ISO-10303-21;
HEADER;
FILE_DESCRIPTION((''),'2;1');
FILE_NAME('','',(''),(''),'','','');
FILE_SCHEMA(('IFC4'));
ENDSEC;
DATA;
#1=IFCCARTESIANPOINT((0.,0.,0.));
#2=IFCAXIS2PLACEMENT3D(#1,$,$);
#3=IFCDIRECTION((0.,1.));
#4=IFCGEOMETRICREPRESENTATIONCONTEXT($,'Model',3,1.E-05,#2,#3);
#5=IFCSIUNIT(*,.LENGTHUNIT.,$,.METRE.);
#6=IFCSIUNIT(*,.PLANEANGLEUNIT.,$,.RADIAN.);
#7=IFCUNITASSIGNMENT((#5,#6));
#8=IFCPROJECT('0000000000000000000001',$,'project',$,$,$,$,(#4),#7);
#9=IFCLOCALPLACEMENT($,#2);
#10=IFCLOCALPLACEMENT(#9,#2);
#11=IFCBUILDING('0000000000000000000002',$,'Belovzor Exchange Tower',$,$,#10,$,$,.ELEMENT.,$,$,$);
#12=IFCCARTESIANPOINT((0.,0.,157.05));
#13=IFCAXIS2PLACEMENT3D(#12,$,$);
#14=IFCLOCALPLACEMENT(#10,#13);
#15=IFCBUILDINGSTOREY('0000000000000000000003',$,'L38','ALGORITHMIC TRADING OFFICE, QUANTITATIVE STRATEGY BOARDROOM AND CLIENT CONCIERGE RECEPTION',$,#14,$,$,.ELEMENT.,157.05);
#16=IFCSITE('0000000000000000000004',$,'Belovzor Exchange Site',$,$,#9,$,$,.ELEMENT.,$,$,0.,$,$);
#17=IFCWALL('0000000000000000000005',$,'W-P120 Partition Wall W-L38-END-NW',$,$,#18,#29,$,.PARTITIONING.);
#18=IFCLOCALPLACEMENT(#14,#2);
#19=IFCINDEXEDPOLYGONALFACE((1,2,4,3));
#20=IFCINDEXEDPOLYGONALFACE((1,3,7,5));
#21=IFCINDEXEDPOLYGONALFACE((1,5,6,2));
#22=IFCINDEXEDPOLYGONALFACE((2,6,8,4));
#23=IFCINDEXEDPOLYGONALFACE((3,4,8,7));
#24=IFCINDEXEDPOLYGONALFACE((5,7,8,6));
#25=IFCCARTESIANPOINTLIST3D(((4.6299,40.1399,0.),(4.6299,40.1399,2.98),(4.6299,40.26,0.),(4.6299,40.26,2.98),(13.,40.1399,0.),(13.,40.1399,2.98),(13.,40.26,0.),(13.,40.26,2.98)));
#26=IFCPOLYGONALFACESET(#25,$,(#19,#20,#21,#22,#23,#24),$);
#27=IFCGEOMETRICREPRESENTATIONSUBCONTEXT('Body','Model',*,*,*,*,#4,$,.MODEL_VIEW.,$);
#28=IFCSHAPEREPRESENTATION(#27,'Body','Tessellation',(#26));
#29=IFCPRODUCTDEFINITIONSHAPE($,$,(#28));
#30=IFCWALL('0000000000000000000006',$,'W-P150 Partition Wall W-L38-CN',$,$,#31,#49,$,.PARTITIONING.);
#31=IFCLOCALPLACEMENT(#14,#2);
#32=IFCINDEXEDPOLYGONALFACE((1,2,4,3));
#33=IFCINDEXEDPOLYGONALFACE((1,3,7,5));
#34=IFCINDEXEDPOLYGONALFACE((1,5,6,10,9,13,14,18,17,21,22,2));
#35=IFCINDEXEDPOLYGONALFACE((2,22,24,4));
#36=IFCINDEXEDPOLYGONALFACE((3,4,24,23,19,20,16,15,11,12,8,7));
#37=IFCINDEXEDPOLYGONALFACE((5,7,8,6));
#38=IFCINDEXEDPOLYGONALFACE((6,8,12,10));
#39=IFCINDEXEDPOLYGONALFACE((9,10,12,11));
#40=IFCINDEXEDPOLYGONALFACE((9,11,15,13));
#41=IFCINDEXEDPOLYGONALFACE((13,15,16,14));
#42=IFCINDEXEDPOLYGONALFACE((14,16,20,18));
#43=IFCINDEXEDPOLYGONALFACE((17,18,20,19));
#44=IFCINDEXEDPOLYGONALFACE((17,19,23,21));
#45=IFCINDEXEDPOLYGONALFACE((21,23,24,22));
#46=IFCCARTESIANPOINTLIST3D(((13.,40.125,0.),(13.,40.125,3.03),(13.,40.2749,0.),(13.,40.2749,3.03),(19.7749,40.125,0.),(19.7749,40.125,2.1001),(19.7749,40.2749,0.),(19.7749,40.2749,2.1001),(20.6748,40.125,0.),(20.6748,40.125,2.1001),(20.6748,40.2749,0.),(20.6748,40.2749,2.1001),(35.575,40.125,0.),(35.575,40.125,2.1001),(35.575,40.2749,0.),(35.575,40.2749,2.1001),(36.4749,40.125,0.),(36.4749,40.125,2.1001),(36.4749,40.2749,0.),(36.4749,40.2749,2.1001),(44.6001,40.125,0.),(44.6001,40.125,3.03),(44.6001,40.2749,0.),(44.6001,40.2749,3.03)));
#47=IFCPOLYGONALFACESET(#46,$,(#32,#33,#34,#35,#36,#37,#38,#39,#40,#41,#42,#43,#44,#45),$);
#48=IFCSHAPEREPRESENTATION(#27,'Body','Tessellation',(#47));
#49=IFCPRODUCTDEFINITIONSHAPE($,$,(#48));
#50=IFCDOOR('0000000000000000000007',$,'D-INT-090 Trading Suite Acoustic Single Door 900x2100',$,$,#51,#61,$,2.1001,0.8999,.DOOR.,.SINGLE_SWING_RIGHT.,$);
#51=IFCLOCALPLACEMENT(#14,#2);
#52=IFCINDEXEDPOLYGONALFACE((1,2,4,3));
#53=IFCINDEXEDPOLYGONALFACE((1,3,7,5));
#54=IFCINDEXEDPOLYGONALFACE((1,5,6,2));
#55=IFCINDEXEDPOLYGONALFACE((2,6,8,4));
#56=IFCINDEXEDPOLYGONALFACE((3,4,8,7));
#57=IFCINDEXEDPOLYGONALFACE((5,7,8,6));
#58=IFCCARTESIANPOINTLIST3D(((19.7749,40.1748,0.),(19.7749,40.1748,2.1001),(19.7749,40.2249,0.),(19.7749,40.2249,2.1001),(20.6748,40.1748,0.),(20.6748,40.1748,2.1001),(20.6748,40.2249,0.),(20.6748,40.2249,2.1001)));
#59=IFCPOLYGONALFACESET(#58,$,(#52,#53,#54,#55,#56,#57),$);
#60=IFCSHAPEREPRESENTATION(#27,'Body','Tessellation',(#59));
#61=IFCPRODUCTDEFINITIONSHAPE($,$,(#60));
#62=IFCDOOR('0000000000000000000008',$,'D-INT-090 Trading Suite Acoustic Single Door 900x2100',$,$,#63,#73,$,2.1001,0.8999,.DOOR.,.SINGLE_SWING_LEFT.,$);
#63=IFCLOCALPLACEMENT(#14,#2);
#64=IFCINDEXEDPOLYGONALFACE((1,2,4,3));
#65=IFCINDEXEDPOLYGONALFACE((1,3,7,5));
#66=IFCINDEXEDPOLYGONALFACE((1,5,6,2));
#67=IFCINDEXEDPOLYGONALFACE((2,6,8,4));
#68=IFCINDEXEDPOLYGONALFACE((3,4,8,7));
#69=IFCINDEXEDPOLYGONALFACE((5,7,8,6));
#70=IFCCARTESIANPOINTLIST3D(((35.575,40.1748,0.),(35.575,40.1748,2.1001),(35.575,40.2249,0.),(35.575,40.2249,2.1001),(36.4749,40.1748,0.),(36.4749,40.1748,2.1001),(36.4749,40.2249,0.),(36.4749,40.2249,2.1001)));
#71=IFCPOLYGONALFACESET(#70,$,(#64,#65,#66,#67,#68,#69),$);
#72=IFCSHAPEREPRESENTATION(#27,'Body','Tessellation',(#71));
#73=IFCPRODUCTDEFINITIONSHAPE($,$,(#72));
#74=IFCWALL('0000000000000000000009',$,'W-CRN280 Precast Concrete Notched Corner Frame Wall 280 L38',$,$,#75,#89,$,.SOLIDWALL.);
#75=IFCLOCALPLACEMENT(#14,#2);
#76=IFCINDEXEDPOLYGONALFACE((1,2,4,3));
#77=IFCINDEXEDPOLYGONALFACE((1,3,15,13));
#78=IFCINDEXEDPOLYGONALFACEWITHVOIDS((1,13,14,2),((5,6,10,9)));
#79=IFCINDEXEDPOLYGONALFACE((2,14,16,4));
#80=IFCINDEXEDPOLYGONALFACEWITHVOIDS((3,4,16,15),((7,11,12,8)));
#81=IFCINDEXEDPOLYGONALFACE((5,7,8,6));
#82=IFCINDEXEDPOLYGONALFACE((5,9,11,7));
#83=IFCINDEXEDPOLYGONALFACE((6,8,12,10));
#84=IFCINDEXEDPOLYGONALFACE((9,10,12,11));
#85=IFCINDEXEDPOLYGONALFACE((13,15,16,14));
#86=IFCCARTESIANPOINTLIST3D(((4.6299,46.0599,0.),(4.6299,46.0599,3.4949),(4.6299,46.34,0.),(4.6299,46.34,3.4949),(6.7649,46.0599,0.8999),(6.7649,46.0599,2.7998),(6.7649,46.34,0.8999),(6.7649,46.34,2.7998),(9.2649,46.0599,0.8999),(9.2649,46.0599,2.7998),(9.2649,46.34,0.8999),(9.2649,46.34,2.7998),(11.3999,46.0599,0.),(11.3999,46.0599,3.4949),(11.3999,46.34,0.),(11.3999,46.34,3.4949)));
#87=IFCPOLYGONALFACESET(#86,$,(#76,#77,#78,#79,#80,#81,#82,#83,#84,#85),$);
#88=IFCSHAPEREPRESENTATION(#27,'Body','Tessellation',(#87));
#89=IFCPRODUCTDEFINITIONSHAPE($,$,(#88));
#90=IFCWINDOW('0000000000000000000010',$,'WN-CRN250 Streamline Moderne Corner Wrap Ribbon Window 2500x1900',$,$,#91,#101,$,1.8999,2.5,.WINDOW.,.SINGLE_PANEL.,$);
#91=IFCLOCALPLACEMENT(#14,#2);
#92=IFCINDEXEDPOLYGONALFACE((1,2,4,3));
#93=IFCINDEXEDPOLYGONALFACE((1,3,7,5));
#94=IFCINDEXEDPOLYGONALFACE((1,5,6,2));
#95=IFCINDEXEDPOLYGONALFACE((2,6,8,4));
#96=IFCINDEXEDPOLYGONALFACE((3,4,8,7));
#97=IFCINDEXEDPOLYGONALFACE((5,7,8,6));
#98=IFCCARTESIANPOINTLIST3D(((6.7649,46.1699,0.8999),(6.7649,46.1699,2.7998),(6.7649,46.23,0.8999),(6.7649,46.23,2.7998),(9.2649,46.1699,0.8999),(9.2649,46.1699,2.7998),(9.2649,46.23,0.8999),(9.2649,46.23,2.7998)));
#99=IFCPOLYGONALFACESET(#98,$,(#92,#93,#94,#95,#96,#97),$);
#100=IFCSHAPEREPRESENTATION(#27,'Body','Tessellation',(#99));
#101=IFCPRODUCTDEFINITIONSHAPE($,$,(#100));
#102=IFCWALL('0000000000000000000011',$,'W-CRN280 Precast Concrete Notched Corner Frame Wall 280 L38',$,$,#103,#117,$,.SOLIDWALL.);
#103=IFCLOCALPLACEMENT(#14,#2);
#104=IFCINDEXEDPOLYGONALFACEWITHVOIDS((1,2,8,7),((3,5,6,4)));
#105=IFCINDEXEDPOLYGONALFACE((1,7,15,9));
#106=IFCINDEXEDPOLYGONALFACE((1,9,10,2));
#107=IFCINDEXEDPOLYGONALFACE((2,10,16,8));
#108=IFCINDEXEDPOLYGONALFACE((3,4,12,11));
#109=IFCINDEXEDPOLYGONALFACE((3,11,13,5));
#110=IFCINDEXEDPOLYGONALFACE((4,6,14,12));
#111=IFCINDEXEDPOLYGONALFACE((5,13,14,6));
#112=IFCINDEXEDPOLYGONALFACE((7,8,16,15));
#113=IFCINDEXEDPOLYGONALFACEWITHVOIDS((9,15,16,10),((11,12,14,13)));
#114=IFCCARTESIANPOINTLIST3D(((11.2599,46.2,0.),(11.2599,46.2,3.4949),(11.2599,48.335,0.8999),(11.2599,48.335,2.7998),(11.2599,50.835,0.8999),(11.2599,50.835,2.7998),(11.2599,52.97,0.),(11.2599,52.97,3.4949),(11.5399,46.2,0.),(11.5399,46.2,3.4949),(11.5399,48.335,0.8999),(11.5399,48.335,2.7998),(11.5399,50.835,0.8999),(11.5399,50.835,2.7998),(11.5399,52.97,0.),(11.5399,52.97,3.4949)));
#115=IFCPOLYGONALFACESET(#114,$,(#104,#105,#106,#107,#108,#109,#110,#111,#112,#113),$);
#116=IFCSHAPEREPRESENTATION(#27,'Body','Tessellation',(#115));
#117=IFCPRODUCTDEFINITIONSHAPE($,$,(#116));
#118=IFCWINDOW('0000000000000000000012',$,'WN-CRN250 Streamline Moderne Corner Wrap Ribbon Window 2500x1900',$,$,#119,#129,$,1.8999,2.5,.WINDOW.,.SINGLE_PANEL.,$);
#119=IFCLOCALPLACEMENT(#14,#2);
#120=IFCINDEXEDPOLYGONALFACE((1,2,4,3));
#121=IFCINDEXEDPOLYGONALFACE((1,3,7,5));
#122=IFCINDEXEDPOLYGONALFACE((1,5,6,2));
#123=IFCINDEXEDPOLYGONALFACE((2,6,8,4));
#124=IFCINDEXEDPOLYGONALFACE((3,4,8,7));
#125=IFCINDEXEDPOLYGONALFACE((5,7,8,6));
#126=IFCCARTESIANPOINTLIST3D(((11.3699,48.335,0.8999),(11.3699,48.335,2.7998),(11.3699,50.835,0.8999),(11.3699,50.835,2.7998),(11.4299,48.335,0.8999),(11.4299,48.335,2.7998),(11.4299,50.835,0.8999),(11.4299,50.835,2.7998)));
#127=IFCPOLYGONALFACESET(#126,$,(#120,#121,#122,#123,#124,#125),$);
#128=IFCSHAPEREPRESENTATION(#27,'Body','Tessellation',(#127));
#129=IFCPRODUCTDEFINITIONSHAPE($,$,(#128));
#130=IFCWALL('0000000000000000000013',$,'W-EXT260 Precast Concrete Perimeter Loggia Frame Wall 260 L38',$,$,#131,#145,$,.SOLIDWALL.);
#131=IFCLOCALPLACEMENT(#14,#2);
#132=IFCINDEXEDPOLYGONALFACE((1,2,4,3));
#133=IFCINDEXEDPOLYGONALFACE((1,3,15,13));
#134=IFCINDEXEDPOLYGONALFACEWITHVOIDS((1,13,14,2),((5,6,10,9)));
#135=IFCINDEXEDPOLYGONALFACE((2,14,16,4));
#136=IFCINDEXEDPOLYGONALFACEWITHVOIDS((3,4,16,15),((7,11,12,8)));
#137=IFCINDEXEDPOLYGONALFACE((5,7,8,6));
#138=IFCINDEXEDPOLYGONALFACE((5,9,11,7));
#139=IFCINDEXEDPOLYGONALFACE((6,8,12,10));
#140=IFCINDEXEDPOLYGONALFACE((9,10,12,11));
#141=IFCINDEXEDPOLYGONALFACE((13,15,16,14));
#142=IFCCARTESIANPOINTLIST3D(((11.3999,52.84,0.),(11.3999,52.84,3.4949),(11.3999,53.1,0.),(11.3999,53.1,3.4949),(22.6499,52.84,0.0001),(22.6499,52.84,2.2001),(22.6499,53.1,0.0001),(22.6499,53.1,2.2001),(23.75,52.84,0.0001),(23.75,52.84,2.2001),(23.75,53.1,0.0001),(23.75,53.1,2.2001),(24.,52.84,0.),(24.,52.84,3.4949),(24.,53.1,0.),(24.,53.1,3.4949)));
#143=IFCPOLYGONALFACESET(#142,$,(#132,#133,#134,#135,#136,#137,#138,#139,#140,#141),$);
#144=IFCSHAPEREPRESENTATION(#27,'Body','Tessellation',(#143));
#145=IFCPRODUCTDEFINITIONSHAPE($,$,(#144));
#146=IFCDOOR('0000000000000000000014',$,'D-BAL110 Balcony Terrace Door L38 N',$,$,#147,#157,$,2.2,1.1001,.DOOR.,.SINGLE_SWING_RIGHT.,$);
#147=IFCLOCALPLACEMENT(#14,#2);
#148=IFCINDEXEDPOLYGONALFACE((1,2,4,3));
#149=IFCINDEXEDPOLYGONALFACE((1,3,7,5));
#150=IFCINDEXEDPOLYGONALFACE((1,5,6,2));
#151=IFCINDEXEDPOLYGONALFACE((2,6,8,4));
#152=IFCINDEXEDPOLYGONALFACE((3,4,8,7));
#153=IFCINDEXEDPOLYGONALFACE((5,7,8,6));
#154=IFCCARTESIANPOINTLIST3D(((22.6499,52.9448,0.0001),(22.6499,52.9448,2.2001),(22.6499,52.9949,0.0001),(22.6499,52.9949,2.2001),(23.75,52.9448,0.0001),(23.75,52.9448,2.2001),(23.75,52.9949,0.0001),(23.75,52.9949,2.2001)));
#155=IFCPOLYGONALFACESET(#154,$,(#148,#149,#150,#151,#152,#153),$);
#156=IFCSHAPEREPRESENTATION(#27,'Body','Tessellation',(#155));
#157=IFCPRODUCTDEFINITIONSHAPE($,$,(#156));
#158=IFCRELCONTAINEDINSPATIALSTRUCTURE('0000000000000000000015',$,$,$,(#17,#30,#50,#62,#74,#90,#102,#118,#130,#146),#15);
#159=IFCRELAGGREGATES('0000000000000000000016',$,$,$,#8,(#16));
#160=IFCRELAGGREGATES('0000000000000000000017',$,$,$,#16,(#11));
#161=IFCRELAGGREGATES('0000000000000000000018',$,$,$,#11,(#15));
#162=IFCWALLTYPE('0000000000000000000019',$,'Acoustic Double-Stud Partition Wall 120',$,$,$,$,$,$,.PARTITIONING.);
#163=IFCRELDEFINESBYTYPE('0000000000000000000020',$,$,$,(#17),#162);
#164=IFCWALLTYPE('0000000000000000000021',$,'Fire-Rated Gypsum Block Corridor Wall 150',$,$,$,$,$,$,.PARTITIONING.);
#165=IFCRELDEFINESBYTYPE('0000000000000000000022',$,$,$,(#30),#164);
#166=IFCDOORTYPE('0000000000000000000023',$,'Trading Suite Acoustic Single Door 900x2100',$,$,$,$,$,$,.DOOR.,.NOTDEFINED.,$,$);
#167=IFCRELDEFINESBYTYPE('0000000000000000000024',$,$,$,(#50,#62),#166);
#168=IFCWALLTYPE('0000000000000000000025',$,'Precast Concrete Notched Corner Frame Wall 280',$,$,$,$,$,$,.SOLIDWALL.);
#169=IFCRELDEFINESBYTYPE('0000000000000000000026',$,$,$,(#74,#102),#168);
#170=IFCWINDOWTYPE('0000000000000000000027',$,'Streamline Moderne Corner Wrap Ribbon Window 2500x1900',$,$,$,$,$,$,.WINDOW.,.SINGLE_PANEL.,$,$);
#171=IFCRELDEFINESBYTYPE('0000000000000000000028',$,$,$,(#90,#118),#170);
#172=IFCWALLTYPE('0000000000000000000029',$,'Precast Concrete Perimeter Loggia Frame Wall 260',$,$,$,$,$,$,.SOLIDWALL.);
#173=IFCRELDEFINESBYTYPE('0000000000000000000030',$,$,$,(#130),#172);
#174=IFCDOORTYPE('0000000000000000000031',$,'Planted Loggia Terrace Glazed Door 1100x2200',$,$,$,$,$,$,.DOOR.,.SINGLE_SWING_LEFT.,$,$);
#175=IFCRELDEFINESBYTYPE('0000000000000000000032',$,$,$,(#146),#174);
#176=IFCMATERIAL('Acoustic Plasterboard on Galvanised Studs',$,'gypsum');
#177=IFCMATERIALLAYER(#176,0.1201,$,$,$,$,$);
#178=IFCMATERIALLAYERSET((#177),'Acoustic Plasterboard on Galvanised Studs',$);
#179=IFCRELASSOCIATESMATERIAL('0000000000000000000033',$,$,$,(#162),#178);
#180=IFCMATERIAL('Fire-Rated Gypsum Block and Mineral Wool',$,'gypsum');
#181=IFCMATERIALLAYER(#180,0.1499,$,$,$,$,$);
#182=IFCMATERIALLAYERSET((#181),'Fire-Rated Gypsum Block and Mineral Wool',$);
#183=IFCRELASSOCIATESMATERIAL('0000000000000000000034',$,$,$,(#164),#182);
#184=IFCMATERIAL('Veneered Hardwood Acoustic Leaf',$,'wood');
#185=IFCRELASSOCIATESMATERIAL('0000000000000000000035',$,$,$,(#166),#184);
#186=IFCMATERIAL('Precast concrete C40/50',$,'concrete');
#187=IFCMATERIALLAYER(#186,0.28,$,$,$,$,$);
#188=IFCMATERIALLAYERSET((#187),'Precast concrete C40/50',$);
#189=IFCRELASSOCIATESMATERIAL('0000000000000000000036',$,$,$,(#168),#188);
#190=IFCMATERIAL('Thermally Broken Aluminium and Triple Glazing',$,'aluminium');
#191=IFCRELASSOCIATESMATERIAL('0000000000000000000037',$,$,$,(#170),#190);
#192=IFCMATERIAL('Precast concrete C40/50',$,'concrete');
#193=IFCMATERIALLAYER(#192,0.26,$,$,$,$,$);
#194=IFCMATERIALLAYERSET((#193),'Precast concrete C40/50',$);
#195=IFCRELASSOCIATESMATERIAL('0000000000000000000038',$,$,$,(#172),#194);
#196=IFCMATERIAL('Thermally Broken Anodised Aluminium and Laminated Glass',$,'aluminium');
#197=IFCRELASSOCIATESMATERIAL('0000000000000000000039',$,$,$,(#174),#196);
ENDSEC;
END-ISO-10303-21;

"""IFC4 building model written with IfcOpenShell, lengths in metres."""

from ifc_helpers import new_model, si_unit, direction, frame, frame_2d, origin, place, context, subcontext, project, spatial, rectangle, extrude, material, layer, layer_set, type_object, element, fill, save


model = new_model("IFC4")

# Units and contexts
model_context = context("Model", 3, precision=1e-05, world=origin(), true_north=direction((0.0, 1.0)))
body_context = subcontext(model_context, "Body", "Model", "MODEL_VIEW")
ifc_project = project(units=[si_unit("LENGTHUNIT", "METRE"), si_unit("PLANEANGLEUNIT", "RADIAN")], contexts=[model_context])

# Site, building, storey
site_placement = place(None, origin())
site = spatial("IfcSite", under=ifc_project, at=site_placement, Name="Belovzor Exchange Site", CompositionType="ELEMENT", RefElevation=0.0)
building_placement = place(site_placement, origin())
building = spatial("IfcBuilding", under=site, at=building_placement, Name="Belovzor Exchange Tower", CompositionType="ELEMENT")
storey_placement = place(building_placement, frame((0.0, 0.0, 157.05)))
storey = spatial("IfcBuildingStorey", under=building, at=storey_placement, Name="L38", Description="ALGORITHMIC TRADING OFFICE, QUANTITATIVE STRATEGY BOARDROOM AND CLIENT CONCIERGE RECEPTION", CompositionType="ELEMENT", Elevation=157.05)

# Wall
ifc_material_1 = material(Name="Acoustic Plasterboard on Galvanised Studs", Category="gypsum")
ifc_layer_1 = layer(ifc_material_1, 0.1201)
ifc_layer_set_1 = layer_set([ifc_layer_1], Name="Acoustic Plasterboard on Galvanised Studs")
wall_type_1 = type_object("IfcWallType", Name="Acoustic Double-Stud Partition Wall 120", PredefinedType="PARTITIONING", material=ifc_layer_set_1)
wall_1_placement = place(storey_placement, frame((4.6299, 40.2, 0.0), z_axis=(0.0, 0.0, 1.0), x_axis=(1.0, 0.0, 0.0)))
element("IfcWall", 1, at=wall_1_placement, inside=storey, type_object=wall_type_1, Name="W-P120 Partition Wall W-L38-END-NW", PredefinedType="PARTITIONING", context=body_context, shape_type="SweptSolid", body=[
    extrude(rectangle(XDim=8.3701, YDim=0.1201, at=frame_2d((4.1851, 0.0))), origin(), (0.0, 0.0, 1.0), 2.98),
])

# Wall, openings, doors
ifc_material_2 = material(Name="Fire-Rated Gypsum Block and Mineral Wool", Category="gypsum")
ifc_layer_2 = layer(ifc_material_2, 0.1499)
ifc_layer_set_2 = layer_set([ifc_layer_2], Name="Fire-Rated Gypsum Block and Mineral Wool")
wall_type_2 = type_object("IfcWallType", Name="Fire-Rated Gypsum Block Corridor Wall 150", PredefinedType="PARTITIONING", material=ifc_layer_set_2)
wall_2_placement = place(storey_placement, frame((13.0, 40.2, 0.0), z_axis=(0.0, 0.0, 1.0), x_axis=(1.0, 0.0, 0.0)))
wall_2 = element("IfcWall", 2, at=wall_2_placement, inside=storey, type_object=wall_type_2, Name="W-P150 Partition Wall W-L38-CN", PredefinedType="PARTITIONING", context=body_context, shape_type="SweptSolid", body=[
    extrude(rectangle(XDim=31.6001, YDim=0.1499, at=frame_2d((15.8, 0.0))), origin(), (0.0, 0.0, 1.0), 3.03),
])
opening_1_placement = place(wall_2_placement, frame((6.7749, 0.0, 0.0)))
opening_1 = element("IfcOpeningElement", 3, at=opening_1_placement, cuts=wall_2, PredefinedType="OPENING", context=body_context, shape_type="SweptSolid", body=[
    extrude(rectangle(XDim=0.8999, YDim=2.1001, at=frame_2d((0.45, 1.05))), frame((0.0, 0.085, 0.0), z_axis=(0.0, -1.0, 0.0), x_axis=(1.0, 0.0, 0.0)), (0.0, 0.0, 1.0), 0.1699),
])
opening_2_placement = place(wall_2_placement, frame((22.575, 0.0, 0.0)))
opening_2 = element("IfcOpeningElement", 4, at=opening_2_placement, cuts=wall_2, PredefinedType="OPENING", context=body_context, shape_type="SweptSolid", body=[
    extrude(rectangle(XDim=0.8999, YDim=2.1001, at=frame_2d((0.45, 1.05))), frame((0.0, 0.085, 0.0), z_axis=(0.0, -1.0, 0.0), x_axis=(1.0, 0.0, 0.0)), (0.0, 0.0, 1.0), 0.1699),
])
ifc_material_3 = material(Name="Veneered Hardwood Acoustic Leaf", Category="wood")
door_type_1 = type_object("IfcDoorType", Name="Trading Suite Acoustic Single Door 900x2100", OperationType="NOTDEFINED", PredefinedType="DOOR", material=ifc_material_3)
door_1_placement = place(opening_1_placement, origin())
door_1 = element("IfcDoor", 5, at=door_1_placement, inside=storey, type_object=door_type_1, Name="D-INT-090 Trading Suite Acoustic Single Door 900x2100", OperationType="SINGLE_SWING_RIGHT", OverallHeight=2.1001, OverallWidth=0.8999, PredefinedType="DOOR", context=body_context, shape_type="SweptSolid", body=[
    extrude(rectangle(XDim=0.8999, YDim=2.1001, at=frame_2d((0.45, 1.05))), frame((0.0, 0.0249, 0.0), z_axis=(0.0, -1.0, 0.0), x_axis=(1.0, 0.0, 0.0)), (0.0, 0.0, 1.0), 0.05),
])
fill(opening_1, door_1)
door_2_placement = place(opening_2_placement, origin())
door_2 = element("IfcDoor", 6, at=door_2_placement, inside=storey, type_object=door_type_1, Name="D-INT-090 Trading Suite Acoustic Single Door 900x2100", OperationType="SINGLE_SWING_LEFT", OverallHeight=2.1001, OverallWidth=0.8999, PredefinedType="DOOR", context=body_context, shape_type="SweptSolid", body=[
    extrude(rectangle(XDim=0.8999, YDim=2.1001, at=frame_2d((0.45, 1.05))), frame((0.0, 0.0249, 0.0), z_axis=(0.0, -1.0, 0.0), x_axis=(1.0, 0.0, 0.0)), (0.0, 0.0, 1.0), 0.05),
])
fill(opening_2, door_2)

# Walls, openings, windows
ifc_material_4 = material(Name="Precast concrete C40/50", Category="concrete")
ifc_layer_3 = layer(ifc_material_4, 0.28)
ifc_layer_set_3 = layer_set([ifc_layer_3], Name="Precast concrete C40/50")
wall_type_3 = type_object("IfcWallType", Name="Precast Concrete Notched Corner Frame Wall 280", PredefinedType="SOLIDWALL", material=ifc_layer_set_3)
wall_3_placement = place(storey_placement, frame((4.6299, 46.2, 0.0), z_axis=(0.0, 0.0, 1.0), x_axis=(1.0, 0.0, 0.0)))
wall_3 = element("IfcWall", 7, at=wall_3_placement, inside=storey, type_object=wall_type_3, Name="W-CRN280 Precast Concrete Notched Corner Frame Wall 280 L38", PredefinedType="SOLIDWALL", context=body_context, shape_type="SweptSolid", body=[
    extrude(rectangle(XDim=6.77, YDim=0.28, at=frame_2d((3.385, 0.0))), origin(), (0.0, 0.0, 1.0), 3.4949),
])
opening_3_placement = place(wall_3_placement, frame((2.135, 0.0, 0.8999)))
opening_3 = element("IfcOpeningElement", 8, at=opening_3_placement, cuts=wall_3, PredefinedType="OPENING", context=body_context, shape_type="SweptSolid", body=[
    extrude(rectangle(XDim=2.5, YDim=1.8999, at=frame_2d((1.25, 0.95))), frame((0.0, 0.1499, 0.0), z_axis=(0.0, -1.0, 0.0), x_axis=(1.0, 0.0, 0.0)), (0.0, 0.0, 1.0), 0.3),
])
ifc_material_5 = material(Name="Thermally Broken Aluminium and Triple Glazing", Category="aluminium")
window_type = type_object("IfcWindowType", Name="Streamline Moderne Corner Wrap Ribbon Window 2500x1900", PartitioningType="SINGLE_PANEL", PredefinedType="WINDOW", material=ifc_material_5)
window_1_placement = place(opening_3_placement, origin())
window_1 = element("IfcWindow", 9, at=window_1_placement, inside=storey, type_object=window_type, Name="WN-CRN250 Streamline Moderne Corner Wrap Ribbon Window 2500x1900", OverallHeight=1.8999, OverallWidth=2.5, PartitioningType="SINGLE_PANEL", PredefinedType="WINDOW", context=body_context, shape_type="SweptSolid", body=[
    extrude(rectangle(XDim=2.5, YDim=1.8999, at=frame_2d((1.25, 0.95))), frame((0.0, 0.03, 0.0), z_axis=(0.0, -1.0, 0.0), x_axis=(1.0, 0.0, 0.0)), (0.0, 0.0, 1.0), 0.0601),
])
fill(opening_3, window_1)
wall_4_placement = place(storey_placement, frame((11.3999, 46.2, 0.0), z_axis=(0.0, 0.0, 1.0), x_axis=(0.0, 1.0, 0.0)))
wall_4 = element("IfcWall", 10, at=wall_4_placement, inside=storey, type_object=wall_type_3, Name="W-CRN280 Precast Concrete Notched Corner Frame Wall 280 L38", PredefinedType="SOLIDWALL", context=body_context, shape_type="SweptSolid", body=[
    extrude(rectangle(XDim=6.77, YDim=0.28, at=frame_2d((3.385, 0.0))), origin(), (0.0, 0.0, 1.0), 3.4949),
])
opening_4_placement = place(wall_4_placement, frame((2.135, 0.0, 0.8999)))
opening_4 = element("IfcOpeningElement", 11, at=opening_4_placement, cuts=wall_4, PredefinedType="OPENING", context=body_context, shape_type="SweptSolid", body=[
    extrude(rectangle(XDim=2.5, YDim=1.8999, at=frame_2d((1.25, 0.95))), frame((0.0, 0.1499, 0.0), z_axis=(0.0, -1.0, 0.0), x_axis=(1.0, 0.0, 0.0)), (0.0, 0.0, 1.0), 0.3),
])
window_2_placement = place(opening_4_placement, origin())
window_2 = element("IfcWindow", 12, at=window_2_placement, inside=storey, type_object=window_type, Name="WN-CRN250 Streamline Moderne Corner Wrap Ribbon Window 2500x1900", OverallHeight=1.8999, OverallWidth=2.5, PartitioningType="SINGLE_PANEL", PredefinedType="WINDOW", context=body_context, shape_type="SweptSolid", body=[
    extrude(rectangle(XDim=2.5, YDim=1.8999, at=frame_2d((1.25, 0.95))), frame((0.0, 0.03, 0.0), z_axis=(0.0, -1.0, 0.0), x_axis=(1.0, 0.0, 0.0)), (0.0, 0.0, 1.0), 0.0601),
])
fill(opening_4, window_2)

# Wall, opening, door
ifc_material_6 = material(Name="Precast concrete C40/50", Category="concrete")
ifc_layer_4 = layer(ifc_material_6, 0.26)
ifc_layer_set_4 = layer_set([ifc_layer_4], Name="Precast concrete C40/50")
wall_type_4 = type_object("IfcWallType", Name="Precast Concrete Perimeter Loggia Frame Wall 260", PredefinedType="SOLIDWALL", material=ifc_layer_set_4)
wall_5_placement = place(storey_placement, frame((11.3999, 52.97, 0.0), z_axis=(0.0, 0.0, 1.0), x_axis=(1.0, 0.0, 0.0)))
wall_5 = element("IfcWall", 13, at=wall_5_placement, inside=storey, type_object=wall_type_4, Name="W-EXT260 Precast Concrete Perimeter Loggia Frame Wall 260 L38", PredefinedType="SOLIDWALL", context=body_context, shape_type="SweptSolid", body=[
    extrude(rectangle(XDim=12.6001, YDim=0.26, at=frame_2d((6.3, 0.0))), origin(), (0.0, 0.0, 1.0), 3.4949),
])
opening_5_placement = place(wall_5_placement, frame((11.25, 0.0, 0.0)))
opening_5 = element("IfcOpeningElement", 14, at=opening_5_placement, cuts=wall_5, PredefinedType="OPENING", context=body_context, shape_type="SweptSolid", body=[
    extrude(rectangle(XDim=1.1001, YDim=2.2, at=frame_2d((0.55, 1.1001))), frame((0.0, 0.1399, 0.0), z_axis=(0.0, -1.0, 0.0), x_axis=(1.0, 0.0, 0.0)), (0.0, 0.0, 1.0), 0.28),
])
ifc_material_7 = material(Name="Thermally Broken Anodised Aluminium and Laminated Glass", Category="aluminium")
door_type_2 = type_object("IfcDoorType", Name="Planted Loggia Terrace Glazed Door 1100x2200", OperationType="SINGLE_SWING_LEFT", PredefinedType="DOOR", material=ifc_material_7)
door_3_placement = place(opening_5_placement, origin())
door_3 = element("IfcDoor", 15, at=door_3_placement, inside=storey, type_object=door_type_2, Name="D-BAL110 Balcony Terrace Door L38 N", OperationType="SINGLE_SWING_RIGHT", OverallHeight=2.2, OverallWidth=1.1001, PredefinedType="DOOR", context=body_context, shape_type="SweptSolid", body=[
    extrude(rectangle(XDim=1.1001, YDim=2.2, at=frame_2d((0.55, 1.1001))), frame((0.0, 0.0249, 0.0), z_axis=(0.0, -1.0, 0.0), x_axis=(1.0, 0.0, 0.0)), (0.0, 0.0, 1.0), 0.05),
])
fill(opening_5, door_3)

save(model, "model.ifc")
